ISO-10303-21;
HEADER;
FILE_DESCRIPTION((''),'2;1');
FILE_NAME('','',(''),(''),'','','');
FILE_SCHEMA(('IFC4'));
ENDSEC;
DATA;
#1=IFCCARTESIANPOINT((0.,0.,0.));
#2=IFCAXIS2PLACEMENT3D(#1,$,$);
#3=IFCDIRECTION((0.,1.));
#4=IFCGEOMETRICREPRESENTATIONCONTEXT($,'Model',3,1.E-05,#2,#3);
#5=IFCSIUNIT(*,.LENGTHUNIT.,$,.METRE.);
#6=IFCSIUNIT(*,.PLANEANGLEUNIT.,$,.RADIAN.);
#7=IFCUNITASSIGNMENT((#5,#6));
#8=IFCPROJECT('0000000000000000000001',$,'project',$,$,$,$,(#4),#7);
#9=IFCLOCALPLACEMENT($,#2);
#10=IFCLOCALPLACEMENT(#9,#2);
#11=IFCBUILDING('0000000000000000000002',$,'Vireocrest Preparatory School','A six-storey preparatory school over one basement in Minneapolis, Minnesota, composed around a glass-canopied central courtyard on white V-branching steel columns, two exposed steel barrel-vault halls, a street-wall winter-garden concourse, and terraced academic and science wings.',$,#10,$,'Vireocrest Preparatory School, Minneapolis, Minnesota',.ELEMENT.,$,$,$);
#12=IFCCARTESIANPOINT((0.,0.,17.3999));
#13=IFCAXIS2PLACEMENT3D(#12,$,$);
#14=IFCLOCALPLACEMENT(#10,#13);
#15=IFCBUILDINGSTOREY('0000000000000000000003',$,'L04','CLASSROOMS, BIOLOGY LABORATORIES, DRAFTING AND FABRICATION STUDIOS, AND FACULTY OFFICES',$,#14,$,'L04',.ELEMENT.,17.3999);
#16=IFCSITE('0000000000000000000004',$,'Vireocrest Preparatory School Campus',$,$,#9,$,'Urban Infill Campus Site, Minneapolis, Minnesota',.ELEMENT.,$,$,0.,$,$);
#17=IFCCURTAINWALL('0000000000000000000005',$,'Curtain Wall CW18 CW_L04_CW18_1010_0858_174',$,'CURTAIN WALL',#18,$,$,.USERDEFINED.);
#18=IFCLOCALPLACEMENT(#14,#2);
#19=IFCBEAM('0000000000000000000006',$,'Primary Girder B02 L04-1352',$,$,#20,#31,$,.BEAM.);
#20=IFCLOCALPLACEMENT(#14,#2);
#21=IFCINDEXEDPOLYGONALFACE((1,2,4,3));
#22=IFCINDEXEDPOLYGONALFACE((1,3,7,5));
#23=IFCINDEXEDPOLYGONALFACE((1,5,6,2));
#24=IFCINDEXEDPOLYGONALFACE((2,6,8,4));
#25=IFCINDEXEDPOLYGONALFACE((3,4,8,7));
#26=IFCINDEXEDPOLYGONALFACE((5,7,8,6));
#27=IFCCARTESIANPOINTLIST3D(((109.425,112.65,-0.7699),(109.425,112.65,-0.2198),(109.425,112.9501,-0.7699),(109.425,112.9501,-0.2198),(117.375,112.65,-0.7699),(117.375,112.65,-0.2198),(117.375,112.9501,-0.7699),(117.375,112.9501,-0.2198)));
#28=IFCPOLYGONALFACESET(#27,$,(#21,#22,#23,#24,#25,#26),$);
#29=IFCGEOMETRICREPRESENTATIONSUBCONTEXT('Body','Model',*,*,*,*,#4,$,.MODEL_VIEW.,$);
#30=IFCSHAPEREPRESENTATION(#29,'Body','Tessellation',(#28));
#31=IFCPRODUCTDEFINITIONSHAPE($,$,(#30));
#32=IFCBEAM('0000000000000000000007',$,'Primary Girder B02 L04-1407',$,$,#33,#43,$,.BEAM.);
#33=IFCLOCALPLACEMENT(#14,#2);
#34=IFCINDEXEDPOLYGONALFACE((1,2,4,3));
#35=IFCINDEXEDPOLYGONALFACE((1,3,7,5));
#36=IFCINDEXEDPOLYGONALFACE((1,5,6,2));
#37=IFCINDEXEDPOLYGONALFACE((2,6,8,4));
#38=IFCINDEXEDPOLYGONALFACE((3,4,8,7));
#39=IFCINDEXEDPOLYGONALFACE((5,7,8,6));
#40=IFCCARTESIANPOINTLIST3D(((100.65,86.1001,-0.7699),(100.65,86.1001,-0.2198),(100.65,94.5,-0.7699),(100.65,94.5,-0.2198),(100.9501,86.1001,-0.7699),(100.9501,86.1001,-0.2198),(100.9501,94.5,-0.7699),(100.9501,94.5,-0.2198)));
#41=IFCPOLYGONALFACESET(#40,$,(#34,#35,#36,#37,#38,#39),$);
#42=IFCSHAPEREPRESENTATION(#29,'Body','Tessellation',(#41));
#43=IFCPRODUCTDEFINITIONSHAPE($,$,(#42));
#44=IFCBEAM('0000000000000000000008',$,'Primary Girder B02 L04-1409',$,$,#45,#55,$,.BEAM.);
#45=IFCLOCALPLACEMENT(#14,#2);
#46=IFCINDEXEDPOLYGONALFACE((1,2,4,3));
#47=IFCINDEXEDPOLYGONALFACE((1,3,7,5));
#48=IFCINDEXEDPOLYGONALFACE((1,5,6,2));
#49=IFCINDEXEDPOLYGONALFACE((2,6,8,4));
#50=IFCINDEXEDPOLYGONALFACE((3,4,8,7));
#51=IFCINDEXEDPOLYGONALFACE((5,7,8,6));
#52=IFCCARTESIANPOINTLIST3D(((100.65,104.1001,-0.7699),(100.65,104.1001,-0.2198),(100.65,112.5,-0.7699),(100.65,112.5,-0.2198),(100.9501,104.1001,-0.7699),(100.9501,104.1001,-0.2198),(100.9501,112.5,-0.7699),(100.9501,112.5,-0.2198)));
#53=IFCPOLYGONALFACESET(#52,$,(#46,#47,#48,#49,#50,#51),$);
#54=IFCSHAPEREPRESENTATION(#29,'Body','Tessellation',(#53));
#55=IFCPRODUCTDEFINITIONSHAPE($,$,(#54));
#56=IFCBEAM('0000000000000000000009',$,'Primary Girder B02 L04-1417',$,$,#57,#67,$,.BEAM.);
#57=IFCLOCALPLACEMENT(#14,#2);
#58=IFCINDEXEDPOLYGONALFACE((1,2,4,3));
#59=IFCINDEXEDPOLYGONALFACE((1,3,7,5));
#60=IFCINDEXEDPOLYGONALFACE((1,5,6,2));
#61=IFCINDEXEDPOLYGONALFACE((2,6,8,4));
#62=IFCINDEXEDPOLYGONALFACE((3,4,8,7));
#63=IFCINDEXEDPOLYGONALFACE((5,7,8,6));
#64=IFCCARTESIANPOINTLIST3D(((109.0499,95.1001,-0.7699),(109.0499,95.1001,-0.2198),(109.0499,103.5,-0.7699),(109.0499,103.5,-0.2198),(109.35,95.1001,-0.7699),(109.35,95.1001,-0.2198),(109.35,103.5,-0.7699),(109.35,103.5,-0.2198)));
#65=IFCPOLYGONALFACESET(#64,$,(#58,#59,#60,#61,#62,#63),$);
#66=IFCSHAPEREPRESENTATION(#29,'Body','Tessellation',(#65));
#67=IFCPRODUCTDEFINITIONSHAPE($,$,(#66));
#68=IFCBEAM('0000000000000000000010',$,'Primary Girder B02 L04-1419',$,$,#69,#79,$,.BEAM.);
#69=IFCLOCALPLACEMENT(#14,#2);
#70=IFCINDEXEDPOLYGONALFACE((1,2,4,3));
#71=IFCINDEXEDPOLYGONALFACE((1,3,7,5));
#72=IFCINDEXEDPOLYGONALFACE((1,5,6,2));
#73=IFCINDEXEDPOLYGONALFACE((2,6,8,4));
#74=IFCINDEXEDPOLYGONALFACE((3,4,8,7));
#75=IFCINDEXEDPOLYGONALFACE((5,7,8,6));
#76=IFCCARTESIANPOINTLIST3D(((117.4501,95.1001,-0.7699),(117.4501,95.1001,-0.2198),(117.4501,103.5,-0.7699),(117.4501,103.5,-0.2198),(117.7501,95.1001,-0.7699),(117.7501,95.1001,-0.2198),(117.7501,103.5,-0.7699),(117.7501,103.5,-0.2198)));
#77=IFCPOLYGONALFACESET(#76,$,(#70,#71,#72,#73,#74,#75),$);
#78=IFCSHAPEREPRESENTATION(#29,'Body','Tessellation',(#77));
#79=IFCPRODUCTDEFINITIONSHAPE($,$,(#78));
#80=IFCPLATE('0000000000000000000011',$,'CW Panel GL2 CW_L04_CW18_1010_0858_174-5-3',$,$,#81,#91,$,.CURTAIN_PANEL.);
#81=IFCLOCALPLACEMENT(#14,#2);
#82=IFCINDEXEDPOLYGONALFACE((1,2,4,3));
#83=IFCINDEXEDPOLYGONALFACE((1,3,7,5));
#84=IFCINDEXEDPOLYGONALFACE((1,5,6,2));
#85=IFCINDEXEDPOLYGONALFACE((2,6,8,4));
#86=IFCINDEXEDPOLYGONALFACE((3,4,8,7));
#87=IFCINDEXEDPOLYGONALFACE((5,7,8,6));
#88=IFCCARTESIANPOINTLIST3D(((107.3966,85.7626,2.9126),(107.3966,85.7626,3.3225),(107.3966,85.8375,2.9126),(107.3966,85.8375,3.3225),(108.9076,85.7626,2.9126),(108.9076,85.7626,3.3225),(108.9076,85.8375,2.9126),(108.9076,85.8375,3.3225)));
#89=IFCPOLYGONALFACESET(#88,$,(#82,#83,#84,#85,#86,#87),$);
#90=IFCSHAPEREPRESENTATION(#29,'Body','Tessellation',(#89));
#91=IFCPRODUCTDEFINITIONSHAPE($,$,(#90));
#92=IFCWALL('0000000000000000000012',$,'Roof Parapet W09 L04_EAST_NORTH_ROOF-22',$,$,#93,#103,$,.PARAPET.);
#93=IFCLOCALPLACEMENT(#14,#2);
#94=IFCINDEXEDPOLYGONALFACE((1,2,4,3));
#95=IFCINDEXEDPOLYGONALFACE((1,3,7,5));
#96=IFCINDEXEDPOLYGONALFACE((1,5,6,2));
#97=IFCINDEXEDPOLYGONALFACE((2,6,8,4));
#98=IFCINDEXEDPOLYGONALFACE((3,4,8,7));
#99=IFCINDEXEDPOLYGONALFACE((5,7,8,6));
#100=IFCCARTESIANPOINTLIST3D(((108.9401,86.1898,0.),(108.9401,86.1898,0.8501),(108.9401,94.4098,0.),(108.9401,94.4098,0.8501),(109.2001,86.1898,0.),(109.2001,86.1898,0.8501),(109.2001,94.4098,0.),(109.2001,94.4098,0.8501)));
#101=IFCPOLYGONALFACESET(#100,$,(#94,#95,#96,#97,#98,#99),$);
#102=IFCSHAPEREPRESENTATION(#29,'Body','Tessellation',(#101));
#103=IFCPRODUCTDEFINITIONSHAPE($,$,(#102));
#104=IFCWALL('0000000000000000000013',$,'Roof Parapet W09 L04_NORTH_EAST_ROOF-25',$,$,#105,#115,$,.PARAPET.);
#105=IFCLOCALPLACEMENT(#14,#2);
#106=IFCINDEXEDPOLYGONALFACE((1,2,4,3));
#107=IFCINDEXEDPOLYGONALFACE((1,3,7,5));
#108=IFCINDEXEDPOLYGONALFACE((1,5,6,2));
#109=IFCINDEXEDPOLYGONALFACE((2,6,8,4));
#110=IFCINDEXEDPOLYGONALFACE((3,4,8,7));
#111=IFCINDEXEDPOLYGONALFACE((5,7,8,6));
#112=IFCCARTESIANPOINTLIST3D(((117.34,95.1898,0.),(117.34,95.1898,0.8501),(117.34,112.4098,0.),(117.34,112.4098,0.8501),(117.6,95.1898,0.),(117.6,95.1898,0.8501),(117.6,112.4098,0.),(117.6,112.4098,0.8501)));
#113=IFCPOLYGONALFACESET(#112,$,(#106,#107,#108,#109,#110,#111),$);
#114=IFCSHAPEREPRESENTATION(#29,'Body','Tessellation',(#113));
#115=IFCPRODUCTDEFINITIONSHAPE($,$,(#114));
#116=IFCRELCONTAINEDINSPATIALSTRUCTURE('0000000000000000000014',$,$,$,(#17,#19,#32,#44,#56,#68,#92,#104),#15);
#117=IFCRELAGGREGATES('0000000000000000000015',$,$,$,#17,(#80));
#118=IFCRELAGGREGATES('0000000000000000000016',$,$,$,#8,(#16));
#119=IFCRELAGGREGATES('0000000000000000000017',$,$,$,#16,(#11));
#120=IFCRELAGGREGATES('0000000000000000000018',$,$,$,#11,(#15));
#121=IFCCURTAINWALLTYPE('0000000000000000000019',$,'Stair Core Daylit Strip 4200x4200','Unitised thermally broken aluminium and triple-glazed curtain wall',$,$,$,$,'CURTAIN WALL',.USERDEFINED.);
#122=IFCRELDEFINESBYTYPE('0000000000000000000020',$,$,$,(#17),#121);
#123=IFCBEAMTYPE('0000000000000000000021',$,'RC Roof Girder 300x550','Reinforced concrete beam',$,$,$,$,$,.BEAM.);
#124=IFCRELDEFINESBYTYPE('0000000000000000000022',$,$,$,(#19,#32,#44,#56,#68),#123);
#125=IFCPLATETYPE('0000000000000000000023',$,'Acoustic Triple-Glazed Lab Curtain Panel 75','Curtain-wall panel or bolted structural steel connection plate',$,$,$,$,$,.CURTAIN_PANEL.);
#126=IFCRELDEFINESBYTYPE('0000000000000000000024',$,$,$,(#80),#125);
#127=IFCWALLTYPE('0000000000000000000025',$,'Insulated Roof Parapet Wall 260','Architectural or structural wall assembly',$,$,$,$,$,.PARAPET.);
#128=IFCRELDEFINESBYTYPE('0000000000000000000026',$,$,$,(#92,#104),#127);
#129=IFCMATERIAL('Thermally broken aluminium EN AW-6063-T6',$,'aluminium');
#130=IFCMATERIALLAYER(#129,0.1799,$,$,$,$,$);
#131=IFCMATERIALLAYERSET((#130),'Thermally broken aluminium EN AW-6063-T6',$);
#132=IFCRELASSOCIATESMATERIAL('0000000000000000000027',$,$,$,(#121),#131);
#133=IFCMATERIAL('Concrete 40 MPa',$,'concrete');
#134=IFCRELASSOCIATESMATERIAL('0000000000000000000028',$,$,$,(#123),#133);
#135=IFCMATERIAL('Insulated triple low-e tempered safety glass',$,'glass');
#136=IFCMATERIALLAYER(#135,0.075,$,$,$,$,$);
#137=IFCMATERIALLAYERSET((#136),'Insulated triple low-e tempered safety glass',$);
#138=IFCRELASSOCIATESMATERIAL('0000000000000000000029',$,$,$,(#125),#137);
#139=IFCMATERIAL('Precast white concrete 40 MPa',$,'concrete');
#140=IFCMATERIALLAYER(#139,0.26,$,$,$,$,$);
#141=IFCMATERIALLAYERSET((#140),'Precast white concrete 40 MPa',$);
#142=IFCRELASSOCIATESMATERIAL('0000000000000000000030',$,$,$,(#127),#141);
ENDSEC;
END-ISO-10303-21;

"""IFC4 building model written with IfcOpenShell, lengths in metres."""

from ifc_helpers import new_model, si_unit, direction, frame, frame_2d, origin, origin_2d, place, context, subcontext, project, spatial, rectangle, extrude, material, layer, layer_set, material_profile, profile_set, type_object, element, aggregate, save


model = new_model("IFC4")

# Units and contexts
model_context = context("Model", 3, precision=1e-05, world=origin(), true_north=direction((0.0, 1.0)))
body_context = subcontext(model_context, "Body", "Model", "MODEL_VIEW")
ifc_project = project(units=[si_unit("LENGTHUNIT", "METRE"), si_unit("PLANEANGLEUNIT", "RADIAN")], contexts=[model_context])

# Site, building, storey
site_placement = place(None, origin())
site = spatial("IfcSite", under=ifc_project, at=site_placement, Name="Vireocrest Preparatory School Campus", LongName="Urban Infill Campus Site, Minneapolis, Minnesota", CompositionType="ELEMENT", RefElevation=0.0)
building_placement = place(site_placement, origin())
building = spatial("IfcBuilding", under=site, at=building_placement, Name="Vireocrest Preparatory School", Description="A six-storey preparatory school over one basement in Minneapolis, Minnesota, composed around a glass-canopied central courtyard on white V-branching steel columns, two exposed steel barrel-vault halls, a street-wall winter-garden concourse, and terraced academic and science wings.", LongName="Vireocrest Preparatory School, Minneapolis, Minnesota", CompositionType="ELEMENT")
storey_placement = place(building_placement, frame((0.0, 0.0, 17.3999)))
storey = spatial("IfcBuildingStorey", under=building, at=storey_placement, Name="L04", Description="CLASSROOMS, BIOLOGY LABORATORIES, DRAFTING AND FABRICATION STUDIOS, AND FACULTY OFFICES", LongName="L04", CompositionType="ELEMENT", Elevation=17.3999)

# Curtain wall
ifc_material_1 = material(Name="Thermally broken aluminium EN AW-6063-T6", Category="aluminium")
ifc_layer_1 = layer(ifc_material_1, 0.1799)
ifc_layer_set_1 = layer_set([ifc_layer_1], Name="Thermally broken aluminium EN AW-6063-T6")
curtain_wall_type = type_object("IfcCurtainWallType", Name="Stair Core Daylit Strip 4200x4200", Description="Unitised thermally broken aluminium and triple-glazed curtain wall", ElementType="CURTAIN WALL", PredefinedType="USERDEFINED", material=ifc_layer_set_1)
curtain_wall_placement = place(storey_placement, origin())
curtain_wall = element("IfcCurtainWall", 1, at=curtain_wall_placement, inside=storey, type_object=curtain_wall_type, Name="Curtain Wall CW18 CW_L04_CW18_1010_0858_174", ObjectType="CURTAIN WALL", PredefinedType="USERDEFINED")

# Beams
ifc_material_2 = material(Name="Concrete 40 MPa", Category="concrete")
ifc_material_profile_1 = material_profile(ifc_material_2, rectangle(XDim=0.3, YDim=0.55, at=origin_2d()), Name="RC 300x550")
ifc_profile_set_1 = profile_set([ifc_material_profile_1], Name="Concrete 40 MPa")
beam_type_1 = type_object("IfcBeamType", Name="RC Roof Girder 300x550", Description="Reinforced concrete beam", PredefinedType="BEAM", material=ifc_profile_set_1)
for number, where, z_axis, x_axis, name in (
    (2, (109.425, 112.8, -0.4949), (1.0, 0.0, 0.0), (0.0, 1.0, 0.0), "Primary Girder B02 L04-1352"),
):
    element("IfcBeam", number, at=place(storey_placement, frame(where, z_axis=z_axis, x_axis=x_axis)), inside=storey, type_object=beam_type_1, Name=name, PredefinedType="BEAM", context=body_context, shape_type="SweptSolid", body=[
        extrude(rectangle(XDim=0.3, YDim=0.55, at=origin_2d()), origin(), (0.0, 0.0, 1.0), 7.95),
    ])
for number, where, z_axis, x_axis, name in (
    (3, (100.8, 86.1001, -0.4949), (0.0, 1.0, 0.0), (-1.0, 0.0, 0.0), "Primary Girder B02 L04-1407"),
    (4, (100.8, 104.1001, -0.4949), (0.0, 1.0, 0.0), (-1.0, 0.0, 0.0), "Primary Girder B02 L04-1409"),
    (5, (109.2, 95.1001, -0.4949), (0.0, 1.0, 0.0), (-1.0, 0.0, 0.0), "Primary Girder B02 L04-1417"),
    (6, (117.6001, 95.1001, -0.4949), (0.0, 1.0, 0.0), (-1.0, 0.0, 0.0), "Primary Girder B02 L04-1419"),
):
    element("IfcBeam", number, at=place(storey_placement, frame(where, z_axis=z_axis, x_axis=x_axis)), inside=storey, type_object=beam_type_1, Name=name, PredefinedType="BEAM", context=body_context, shape_type="SweptSolid", body=[
        extrude(rectangle(XDim=0.3, YDim=0.55, at=origin_2d()), origin(), (0.0, 0.0, 1.0), 8.3999),
    ])

# Plate
ifc_material_3 = material(Name="Insulated triple low-e tempered safety glass", Category="glass")
ifc_layer_2 = layer(ifc_material_3, 0.075)
ifc_layer_set_2 = layer_set([ifc_layer_2], Name="Insulated triple low-e tempered safety glass")
plate_type = type_object("IfcPlateType", Name="Acoustic Triple-Glazed Lab Curtain Panel 75", Description="Curtain-wall panel or bolted structural steel connection plate", PredefinedType="CURTAIN_PANEL", material=ifc_layer_set_2)
plate_placement = place(storey_placement, frame((108.1521, 85.8, 2.9126), z_axis=(0.0, 0.0, 1.0), x_axis=(1.0, 0.0, 0.0)))
plate = element("IfcPlate", 7, at=plate_placement, type_object=plate_type, Name="CW Panel GL2 CW_L04_CW18_1010_0858_174-5-3", PredefinedType="CURTAIN_PANEL", context=body_context, shape_type="SweptSolid", body=[
    extrude(rectangle(XDim=1.511, YDim=0.075, at=origin_2d()), origin(), (0.0, 0.0, 1.0), 0.4099),
])
aggregate(curtain_wall, [plate])

# Walls
ifc_material_4 = material(Name="Precast white concrete 40 MPa", Category="concrete")
ifc_layer_3 = layer(ifc_material_4, 0.26)
ifc_layer_set_3 = layer_set([ifc_layer_3], Name="Precast white concrete 40 MPa")
wall_type = type_object("IfcWallType", Name="Insulated Roof Parapet Wall 260", Description="Architectural or structural wall assembly", PredefinedType="PARAPET", material=ifc_layer_set_3)
wall_1_placement = place(storey_placement, frame((109.0701, 86.1899, 0.0), z_axis=(0.0, 0.0, 1.0), x_axis=(0.0, 1.0, 0.0)))
element("IfcWall", 8, at=wall_1_placement, inside=storey, type_object=wall_type, Name="Roof Parapet W09 L04_EAST_NORTH_ROOF-22", PredefinedType="PARAPET", context=body_context, shape_type="SweptSolid", body=[
    extrude(rectangle(XDim=8.22, YDim=0.26, at=frame_2d((4.1099, 0.0))), origin(), (0.0, 0.0, 1.0), 0.8501),
])
wall_2_placement = place(storey_placement, frame((117.47, 95.1899, 0.0), z_axis=(0.0, 0.0, 1.0), x_axis=(0.0, 1.0, 0.0)))
element("IfcWall", 9, at=wall_2_placement, inside=storey, type_object=wall_type, Name="Roof Parapet W09 L04_NORTH_EAST_ROOF-25", PredefinedType="PARAPET", context=body_context, shape_type="SweptSolid", body=[
    extrude(rectangle(XDim=17.22, YDim=0.26, at=frame_2d((8.6099, 0.0))), origin(), (0.0, 0.0, 1.0), 0.8501),
])

save(model, "model.ifc")
